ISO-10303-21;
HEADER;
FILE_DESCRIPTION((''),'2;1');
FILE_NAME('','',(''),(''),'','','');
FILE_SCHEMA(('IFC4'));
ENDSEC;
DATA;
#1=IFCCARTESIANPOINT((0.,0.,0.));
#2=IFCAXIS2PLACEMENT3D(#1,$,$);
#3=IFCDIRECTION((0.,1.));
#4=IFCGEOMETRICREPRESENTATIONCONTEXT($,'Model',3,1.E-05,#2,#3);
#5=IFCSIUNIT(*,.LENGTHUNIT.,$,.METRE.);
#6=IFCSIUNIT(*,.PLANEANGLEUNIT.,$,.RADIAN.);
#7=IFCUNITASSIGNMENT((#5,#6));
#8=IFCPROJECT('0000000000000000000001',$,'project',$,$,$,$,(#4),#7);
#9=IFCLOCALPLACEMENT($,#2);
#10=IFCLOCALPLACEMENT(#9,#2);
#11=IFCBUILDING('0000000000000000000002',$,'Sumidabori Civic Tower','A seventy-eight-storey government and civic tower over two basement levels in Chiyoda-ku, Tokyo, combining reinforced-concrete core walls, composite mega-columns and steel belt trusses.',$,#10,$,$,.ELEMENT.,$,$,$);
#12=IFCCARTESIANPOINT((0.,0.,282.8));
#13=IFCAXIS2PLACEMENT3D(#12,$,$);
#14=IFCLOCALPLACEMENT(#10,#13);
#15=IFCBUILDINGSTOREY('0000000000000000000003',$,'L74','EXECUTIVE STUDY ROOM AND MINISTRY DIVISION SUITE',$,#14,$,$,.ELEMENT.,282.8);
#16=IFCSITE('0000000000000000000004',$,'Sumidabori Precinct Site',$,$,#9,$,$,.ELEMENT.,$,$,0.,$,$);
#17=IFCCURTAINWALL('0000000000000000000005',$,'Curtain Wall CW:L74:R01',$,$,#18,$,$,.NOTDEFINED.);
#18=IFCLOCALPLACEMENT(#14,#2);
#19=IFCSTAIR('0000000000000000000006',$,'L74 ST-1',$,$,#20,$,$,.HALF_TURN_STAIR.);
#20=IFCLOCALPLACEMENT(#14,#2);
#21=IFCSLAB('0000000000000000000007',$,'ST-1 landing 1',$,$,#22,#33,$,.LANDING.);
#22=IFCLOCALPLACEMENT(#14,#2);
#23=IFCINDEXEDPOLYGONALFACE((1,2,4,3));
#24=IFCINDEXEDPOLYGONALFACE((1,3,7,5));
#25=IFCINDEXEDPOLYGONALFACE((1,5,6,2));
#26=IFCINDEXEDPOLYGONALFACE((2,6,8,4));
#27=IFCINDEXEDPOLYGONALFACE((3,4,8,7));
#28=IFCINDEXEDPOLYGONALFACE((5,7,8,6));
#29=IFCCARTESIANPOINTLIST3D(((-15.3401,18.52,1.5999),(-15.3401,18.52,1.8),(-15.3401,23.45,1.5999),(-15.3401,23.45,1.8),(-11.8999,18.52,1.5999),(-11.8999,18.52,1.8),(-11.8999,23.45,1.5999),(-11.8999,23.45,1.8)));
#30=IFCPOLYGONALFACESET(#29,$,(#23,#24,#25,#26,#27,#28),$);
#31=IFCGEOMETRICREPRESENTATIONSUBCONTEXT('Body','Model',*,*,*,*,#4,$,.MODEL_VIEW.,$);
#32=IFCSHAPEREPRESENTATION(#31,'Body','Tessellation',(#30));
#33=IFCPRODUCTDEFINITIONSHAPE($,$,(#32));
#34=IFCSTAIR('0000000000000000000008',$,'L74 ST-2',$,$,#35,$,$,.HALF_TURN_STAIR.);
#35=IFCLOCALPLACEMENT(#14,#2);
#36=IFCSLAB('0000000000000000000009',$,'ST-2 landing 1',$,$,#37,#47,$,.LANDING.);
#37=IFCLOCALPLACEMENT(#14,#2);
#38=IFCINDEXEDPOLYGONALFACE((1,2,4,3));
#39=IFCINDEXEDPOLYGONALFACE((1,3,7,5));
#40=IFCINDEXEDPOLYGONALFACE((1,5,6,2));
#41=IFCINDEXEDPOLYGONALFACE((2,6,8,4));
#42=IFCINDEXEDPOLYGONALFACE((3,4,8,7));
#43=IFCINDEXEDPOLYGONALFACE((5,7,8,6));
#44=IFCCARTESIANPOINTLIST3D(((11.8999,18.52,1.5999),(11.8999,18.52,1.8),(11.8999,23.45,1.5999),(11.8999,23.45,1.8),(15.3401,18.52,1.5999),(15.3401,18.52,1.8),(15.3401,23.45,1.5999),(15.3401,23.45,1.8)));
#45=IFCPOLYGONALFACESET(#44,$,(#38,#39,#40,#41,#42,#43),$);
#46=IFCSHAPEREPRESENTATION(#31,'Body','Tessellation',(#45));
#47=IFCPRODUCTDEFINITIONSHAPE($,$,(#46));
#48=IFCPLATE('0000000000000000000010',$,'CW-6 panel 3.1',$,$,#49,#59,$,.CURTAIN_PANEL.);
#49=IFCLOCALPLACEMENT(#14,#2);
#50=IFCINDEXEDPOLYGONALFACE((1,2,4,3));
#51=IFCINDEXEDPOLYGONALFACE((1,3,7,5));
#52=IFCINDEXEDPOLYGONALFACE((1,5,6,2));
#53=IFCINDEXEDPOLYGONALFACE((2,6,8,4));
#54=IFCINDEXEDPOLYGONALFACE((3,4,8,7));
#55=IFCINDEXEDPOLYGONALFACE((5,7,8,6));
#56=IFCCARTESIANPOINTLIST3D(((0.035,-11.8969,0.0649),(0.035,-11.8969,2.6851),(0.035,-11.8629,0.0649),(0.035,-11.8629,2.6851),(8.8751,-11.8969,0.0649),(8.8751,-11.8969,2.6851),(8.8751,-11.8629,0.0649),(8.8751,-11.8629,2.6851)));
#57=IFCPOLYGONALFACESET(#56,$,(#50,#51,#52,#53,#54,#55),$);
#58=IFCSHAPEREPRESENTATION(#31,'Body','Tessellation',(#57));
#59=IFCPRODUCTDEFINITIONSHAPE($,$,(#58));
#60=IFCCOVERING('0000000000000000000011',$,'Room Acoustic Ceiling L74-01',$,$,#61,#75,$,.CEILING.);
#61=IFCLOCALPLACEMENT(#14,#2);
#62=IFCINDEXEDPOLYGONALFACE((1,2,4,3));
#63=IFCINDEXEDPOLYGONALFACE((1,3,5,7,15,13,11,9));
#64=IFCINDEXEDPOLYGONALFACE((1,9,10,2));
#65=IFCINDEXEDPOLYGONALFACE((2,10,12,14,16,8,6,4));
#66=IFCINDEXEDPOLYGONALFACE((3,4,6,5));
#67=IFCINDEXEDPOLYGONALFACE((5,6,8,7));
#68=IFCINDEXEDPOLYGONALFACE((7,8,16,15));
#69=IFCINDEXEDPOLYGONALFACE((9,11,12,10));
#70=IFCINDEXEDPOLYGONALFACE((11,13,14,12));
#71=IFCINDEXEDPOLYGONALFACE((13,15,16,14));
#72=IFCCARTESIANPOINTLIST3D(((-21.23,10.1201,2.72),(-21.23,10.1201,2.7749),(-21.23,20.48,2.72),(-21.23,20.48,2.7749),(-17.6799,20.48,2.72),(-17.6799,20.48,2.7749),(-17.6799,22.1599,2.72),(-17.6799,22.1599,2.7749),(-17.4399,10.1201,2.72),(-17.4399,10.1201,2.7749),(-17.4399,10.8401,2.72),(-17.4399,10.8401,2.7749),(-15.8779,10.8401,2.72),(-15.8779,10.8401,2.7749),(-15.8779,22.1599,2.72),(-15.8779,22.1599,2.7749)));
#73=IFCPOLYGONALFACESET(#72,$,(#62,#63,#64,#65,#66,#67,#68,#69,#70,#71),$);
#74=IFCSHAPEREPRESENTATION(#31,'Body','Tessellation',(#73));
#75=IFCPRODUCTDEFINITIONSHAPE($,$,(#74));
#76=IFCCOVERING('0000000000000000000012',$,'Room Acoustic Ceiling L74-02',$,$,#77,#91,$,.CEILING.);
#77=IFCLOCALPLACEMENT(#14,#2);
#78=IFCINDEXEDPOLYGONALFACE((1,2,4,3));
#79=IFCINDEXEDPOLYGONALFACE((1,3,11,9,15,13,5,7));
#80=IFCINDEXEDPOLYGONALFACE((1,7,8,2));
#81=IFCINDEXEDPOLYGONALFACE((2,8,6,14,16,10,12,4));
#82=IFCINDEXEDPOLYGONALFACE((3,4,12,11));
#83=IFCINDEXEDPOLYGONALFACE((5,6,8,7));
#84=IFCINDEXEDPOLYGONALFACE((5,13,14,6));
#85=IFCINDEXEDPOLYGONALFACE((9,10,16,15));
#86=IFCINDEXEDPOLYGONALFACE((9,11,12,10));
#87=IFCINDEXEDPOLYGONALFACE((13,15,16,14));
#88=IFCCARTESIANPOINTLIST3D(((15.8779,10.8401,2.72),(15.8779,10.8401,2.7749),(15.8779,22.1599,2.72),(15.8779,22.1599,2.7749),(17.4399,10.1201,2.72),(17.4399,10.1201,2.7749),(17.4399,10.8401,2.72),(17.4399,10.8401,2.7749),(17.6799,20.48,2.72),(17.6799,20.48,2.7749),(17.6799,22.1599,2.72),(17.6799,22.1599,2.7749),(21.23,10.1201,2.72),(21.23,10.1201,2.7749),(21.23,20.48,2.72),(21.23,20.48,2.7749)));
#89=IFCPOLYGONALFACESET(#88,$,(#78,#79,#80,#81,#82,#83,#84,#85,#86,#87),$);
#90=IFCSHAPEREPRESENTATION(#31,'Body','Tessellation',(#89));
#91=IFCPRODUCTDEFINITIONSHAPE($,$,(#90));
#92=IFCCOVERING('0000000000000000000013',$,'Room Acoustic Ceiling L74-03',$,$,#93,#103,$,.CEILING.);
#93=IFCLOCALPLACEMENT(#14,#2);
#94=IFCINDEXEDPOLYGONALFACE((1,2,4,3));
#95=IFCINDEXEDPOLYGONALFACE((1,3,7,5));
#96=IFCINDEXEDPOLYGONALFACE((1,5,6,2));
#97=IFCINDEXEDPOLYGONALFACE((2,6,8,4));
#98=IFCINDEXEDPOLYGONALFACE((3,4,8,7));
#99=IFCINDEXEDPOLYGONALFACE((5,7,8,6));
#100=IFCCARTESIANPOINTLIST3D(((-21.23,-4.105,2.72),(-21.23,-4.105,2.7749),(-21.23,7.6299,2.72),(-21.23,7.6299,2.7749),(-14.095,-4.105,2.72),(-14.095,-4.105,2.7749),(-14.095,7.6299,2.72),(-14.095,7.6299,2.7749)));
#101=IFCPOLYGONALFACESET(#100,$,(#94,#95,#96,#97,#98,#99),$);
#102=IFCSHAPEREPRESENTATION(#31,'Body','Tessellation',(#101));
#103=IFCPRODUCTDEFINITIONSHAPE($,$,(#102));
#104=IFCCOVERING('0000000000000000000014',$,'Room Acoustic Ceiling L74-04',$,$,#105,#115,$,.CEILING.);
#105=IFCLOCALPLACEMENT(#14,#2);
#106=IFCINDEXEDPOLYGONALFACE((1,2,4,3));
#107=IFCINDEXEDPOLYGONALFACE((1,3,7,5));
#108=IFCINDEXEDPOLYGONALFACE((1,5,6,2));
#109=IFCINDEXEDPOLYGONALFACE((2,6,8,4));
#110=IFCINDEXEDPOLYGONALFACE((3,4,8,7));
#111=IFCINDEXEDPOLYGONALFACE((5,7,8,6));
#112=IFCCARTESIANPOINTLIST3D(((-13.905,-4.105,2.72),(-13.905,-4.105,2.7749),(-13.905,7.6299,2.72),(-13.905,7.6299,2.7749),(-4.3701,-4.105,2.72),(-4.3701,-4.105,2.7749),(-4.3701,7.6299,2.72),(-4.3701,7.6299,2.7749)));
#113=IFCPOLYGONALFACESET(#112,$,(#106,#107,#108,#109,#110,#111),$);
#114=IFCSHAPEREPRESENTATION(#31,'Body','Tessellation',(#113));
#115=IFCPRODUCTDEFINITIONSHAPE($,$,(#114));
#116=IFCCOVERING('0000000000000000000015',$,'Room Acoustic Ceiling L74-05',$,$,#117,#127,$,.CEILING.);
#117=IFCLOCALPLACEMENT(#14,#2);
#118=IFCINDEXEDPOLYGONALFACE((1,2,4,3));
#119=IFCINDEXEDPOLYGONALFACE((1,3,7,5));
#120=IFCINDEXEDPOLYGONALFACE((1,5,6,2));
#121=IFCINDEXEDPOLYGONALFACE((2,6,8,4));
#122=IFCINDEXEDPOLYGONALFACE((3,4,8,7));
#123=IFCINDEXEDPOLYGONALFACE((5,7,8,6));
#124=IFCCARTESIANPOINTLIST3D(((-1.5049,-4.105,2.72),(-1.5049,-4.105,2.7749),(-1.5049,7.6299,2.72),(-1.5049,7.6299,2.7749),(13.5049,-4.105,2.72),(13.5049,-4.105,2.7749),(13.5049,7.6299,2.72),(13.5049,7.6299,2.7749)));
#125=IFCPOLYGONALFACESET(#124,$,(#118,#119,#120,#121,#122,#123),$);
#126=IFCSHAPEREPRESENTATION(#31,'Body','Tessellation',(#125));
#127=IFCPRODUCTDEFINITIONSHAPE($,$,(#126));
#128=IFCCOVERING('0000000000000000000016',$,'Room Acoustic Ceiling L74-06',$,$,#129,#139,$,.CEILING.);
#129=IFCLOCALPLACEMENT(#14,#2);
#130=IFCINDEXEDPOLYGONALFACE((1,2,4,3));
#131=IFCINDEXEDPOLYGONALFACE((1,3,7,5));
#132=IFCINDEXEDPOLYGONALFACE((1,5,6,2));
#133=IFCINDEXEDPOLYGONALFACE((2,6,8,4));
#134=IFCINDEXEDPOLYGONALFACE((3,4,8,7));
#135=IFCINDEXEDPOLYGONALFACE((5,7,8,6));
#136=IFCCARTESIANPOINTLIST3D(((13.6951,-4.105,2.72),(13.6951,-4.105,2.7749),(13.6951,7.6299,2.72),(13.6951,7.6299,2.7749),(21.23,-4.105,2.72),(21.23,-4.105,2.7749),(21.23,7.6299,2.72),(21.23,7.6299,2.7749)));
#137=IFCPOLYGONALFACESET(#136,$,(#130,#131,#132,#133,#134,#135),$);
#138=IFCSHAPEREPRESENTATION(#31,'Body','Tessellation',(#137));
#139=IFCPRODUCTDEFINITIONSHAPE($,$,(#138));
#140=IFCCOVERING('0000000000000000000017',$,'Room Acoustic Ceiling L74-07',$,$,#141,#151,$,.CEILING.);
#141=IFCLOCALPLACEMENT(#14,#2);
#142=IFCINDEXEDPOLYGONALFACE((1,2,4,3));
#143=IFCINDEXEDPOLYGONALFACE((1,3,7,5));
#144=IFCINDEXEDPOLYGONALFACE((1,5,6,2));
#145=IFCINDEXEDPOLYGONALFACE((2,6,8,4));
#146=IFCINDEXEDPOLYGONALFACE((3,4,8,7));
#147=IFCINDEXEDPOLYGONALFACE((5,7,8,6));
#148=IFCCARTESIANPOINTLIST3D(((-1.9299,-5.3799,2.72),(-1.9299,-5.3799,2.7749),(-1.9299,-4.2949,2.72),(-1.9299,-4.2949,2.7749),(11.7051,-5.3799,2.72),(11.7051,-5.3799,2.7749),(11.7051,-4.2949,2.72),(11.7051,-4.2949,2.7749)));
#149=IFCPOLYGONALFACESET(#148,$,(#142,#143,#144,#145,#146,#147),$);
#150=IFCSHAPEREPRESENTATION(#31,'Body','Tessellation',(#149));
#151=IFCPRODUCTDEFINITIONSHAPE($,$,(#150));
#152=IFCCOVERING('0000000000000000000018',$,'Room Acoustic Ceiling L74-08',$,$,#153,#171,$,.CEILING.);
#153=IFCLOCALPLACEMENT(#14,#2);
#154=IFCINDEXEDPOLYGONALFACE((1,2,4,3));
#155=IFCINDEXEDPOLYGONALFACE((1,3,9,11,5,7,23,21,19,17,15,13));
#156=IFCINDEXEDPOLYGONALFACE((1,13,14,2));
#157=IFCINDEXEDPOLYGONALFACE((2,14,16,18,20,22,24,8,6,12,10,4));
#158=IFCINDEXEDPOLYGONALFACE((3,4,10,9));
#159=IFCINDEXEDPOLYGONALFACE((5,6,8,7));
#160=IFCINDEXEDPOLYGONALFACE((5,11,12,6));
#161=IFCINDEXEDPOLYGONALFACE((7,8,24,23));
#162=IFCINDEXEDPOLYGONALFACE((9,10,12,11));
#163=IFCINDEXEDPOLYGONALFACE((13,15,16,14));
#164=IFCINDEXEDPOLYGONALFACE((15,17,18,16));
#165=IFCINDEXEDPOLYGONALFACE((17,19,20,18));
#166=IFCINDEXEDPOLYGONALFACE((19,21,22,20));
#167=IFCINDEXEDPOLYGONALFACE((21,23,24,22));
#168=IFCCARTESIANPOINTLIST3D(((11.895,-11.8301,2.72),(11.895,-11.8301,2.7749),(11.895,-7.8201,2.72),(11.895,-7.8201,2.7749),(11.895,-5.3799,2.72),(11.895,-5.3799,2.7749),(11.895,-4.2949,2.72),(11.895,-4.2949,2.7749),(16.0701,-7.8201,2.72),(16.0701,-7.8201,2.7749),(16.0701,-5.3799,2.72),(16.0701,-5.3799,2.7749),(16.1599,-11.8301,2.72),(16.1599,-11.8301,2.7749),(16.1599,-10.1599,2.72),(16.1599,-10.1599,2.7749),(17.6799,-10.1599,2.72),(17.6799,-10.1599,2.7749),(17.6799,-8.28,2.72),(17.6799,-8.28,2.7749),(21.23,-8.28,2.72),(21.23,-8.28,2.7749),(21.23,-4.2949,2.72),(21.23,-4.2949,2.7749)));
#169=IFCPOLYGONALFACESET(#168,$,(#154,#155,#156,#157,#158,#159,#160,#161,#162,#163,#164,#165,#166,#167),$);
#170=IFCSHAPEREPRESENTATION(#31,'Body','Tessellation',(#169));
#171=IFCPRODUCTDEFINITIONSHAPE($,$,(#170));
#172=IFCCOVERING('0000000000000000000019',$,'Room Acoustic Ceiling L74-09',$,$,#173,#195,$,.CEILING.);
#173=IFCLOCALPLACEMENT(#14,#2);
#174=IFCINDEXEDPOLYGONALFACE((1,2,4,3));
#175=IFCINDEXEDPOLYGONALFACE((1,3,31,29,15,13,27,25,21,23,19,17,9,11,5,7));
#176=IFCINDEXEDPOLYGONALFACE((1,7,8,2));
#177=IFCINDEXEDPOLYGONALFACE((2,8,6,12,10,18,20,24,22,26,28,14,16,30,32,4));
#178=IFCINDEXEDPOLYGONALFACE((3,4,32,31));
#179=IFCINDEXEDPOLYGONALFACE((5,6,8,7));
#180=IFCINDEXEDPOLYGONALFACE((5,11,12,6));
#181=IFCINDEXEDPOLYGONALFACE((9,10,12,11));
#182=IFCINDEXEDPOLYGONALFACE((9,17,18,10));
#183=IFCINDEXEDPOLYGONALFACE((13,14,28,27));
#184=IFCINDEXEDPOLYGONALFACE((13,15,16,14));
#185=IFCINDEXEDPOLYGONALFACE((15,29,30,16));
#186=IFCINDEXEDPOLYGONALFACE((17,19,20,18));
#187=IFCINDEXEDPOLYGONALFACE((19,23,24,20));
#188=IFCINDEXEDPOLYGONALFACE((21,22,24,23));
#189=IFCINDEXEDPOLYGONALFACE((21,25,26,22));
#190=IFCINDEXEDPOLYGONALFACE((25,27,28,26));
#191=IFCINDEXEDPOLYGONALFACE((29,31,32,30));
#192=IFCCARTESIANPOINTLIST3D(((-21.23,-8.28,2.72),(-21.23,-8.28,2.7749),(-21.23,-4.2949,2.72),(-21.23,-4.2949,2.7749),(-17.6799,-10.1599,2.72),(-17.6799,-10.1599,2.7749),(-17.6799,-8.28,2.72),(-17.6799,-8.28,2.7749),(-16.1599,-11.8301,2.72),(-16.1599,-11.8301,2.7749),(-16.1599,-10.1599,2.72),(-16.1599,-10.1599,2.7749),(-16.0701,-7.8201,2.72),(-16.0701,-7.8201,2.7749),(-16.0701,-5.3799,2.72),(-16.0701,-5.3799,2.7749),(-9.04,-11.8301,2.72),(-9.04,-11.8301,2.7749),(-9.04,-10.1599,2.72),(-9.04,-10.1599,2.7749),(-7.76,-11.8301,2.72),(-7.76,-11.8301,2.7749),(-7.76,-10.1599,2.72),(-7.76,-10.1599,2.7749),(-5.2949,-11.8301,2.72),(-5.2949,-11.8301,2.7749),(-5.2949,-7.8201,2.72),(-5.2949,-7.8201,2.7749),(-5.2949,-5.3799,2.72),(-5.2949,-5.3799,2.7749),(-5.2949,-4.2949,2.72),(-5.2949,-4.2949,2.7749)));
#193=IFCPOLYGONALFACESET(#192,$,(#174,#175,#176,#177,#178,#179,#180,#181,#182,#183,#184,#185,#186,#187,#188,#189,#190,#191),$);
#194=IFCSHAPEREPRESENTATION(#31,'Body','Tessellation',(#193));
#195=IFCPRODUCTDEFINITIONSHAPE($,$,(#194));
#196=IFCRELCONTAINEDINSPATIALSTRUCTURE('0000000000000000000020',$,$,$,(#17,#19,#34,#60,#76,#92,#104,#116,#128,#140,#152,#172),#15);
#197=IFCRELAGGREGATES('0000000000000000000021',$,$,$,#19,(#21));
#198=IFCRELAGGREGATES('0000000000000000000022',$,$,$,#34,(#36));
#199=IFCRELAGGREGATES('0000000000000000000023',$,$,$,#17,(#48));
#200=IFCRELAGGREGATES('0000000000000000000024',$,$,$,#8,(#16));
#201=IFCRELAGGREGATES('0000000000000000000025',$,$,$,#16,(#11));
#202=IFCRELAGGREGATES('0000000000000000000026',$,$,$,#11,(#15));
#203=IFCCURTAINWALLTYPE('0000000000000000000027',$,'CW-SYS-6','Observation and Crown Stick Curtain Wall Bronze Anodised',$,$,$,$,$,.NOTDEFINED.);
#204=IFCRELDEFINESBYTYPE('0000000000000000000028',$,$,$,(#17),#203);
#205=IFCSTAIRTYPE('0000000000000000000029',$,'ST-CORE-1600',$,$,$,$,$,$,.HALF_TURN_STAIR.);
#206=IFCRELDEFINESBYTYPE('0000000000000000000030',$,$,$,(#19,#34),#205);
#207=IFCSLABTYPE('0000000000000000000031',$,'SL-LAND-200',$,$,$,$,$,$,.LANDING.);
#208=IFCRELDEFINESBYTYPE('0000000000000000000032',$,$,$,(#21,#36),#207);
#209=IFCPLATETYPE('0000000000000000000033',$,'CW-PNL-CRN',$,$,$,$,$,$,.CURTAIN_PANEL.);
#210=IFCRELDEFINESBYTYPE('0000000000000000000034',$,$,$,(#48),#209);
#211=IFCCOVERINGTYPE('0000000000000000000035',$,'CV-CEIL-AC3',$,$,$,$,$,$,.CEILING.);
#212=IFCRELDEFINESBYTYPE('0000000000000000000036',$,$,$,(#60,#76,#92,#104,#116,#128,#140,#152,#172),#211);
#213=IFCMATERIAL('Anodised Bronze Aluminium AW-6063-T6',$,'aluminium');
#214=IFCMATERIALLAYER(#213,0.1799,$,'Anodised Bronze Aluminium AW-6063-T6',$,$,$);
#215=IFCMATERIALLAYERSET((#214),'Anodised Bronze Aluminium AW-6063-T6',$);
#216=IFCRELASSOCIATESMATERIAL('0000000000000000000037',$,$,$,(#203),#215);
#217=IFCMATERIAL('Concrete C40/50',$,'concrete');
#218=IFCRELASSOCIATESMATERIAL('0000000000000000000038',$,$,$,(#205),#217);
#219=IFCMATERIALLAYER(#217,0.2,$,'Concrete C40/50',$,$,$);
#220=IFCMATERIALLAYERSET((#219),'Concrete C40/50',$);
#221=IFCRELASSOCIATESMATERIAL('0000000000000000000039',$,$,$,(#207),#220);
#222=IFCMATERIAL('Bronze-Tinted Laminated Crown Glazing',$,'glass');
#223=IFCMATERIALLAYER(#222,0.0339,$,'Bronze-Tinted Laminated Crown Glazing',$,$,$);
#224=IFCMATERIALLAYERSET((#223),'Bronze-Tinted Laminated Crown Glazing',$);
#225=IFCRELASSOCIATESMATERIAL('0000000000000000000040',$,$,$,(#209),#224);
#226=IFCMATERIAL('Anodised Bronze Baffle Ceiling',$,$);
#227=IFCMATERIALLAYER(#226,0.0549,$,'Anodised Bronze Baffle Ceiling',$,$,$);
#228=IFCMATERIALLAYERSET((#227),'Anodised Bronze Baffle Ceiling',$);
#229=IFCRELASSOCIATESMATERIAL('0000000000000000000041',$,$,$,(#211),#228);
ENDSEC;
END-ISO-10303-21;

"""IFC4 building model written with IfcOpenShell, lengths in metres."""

from ifc_helpers import new_model, si_unit, direction, frame, origin, origin_2d, place, context, subcontext, project, spatial, polyline, rectangle, outline, extrude, source, transform, mapped, material, layer, layer_set, type_object, element, aggregate, save


model = new_model("IFC4")

# Units and contexts
model_context = context("Model", 3, precision=1e-05, world=origin(), true_north=direction((0.0, 1.0)))
body_context = subcontext(model_context, "Body", "Model", "MODEL_VIEW")
ifc_project = project(units=[si_unit("LENGTHUNIT", "METRE"), si_unit("PLANEANGLEUNIT", "RADIAN")], contexts=[model_context])

# Site, building, storey
site_placement = place(None, origin())
site = spatial("IfcSite", under=ifc_project, at=site_placement, Name="Sumidabori Precinct Site", CompositionType="ELEMENT", RefElevation=0.0)
building_placement = place(site_placement, origin())
building = spatial("IfcBuilding", under=site, at=building_placement, Name="Sumidabori Civic Tower", Description="A seventy-eight-storey government and civic tower over two basement levels in Chiyoda-ku, Tokyo, combining reinforced-concrete core walls, composite mega-columns and steel belt trusses.", CompositionType="ELEMENT")
storey_placement = place(building_placement, frame((0.0, 0.0, 282.8)))
storey = spatial("IfcBuildingStorey", under=building, at=storey_placement, Name="L74", Description="EXECUTIVE STUDY ROOM AND MINISTRY DIVISION SUITE", CompositionType="ELEMENT", Elevation=282.8)

# Curtain wall
ifc_material_1 = material(Name="Anodised Bronze Aluminium AW-6063-T6", Category="aluminium")
ifc_layer_1 = layer(ifc_material_1, 0.1799, Name="Anodised Bronze Aluminium AW-6063-T6")
ifc_layer_set_1 = layer_set([ifc_layer_1], Name="Anodised Bronze Aluminium AW-6063-T6")
curtain_wall_type = type_object("IfcCurtainWallType", Name="CW-SYS-6", Description="Observation and Crown Stick Curtain Wall Bronze Anodised", PredefinedType="NOTDEFINED", material=ifc_layer_set_1)
curtain_wall_placement = place(storey_placement, origin())
curtain_wall = element("IfcCurtainWall", 1, at=curtain_wall_placement, inside=storey, type_object=curtain_wall_type, Name="Curtain Wall CW:L74:R01", PredefinedType="NOTDEFINED")

# Stairs, slabs
ifc_material_2 = material(Name="Concrete C40/50", Category="concrete")
stair_type = type_object("IfcStairType", Name="ST-CORE-1600", PredefinedType="HALF_TURN_STAIR", material=ifc_material_2)
stair_1_placement = place(storey_placement, origin())
stair_1 = element("IfcStair", 2, at=stair_1_placement, inside=storey, type_object=stair_type, Name="L74 ST-1", PredefinedType="HALF_TURN_STAIR")
ifc_layer_2 = layer(ifc_material_2, 0.2, Name="Concrete C40/50")
ifc_layer_set_2 = layer_set([ifc_layer_2], Name="Concrete C40/50")
slab_type = type_object("IfcSlabType", Name="SL-LAND-200", PredefinedType="LANDING", material=ifc_layer_set_2)
slab_1_placement = place(storey_placement, frame((0.0, 0.0, 1.5999)))
slab_1 = element("IfcSlab", 3, at=slab_1_placement, type_object=slab_type, Name="ST-1 landing 1", PredefinedType="LANDING", context=body_context, shape_type="SweptSolid", body=[
    extrude(outline(polyline([(-11.8999, 18.52), (-11.8999, 23.45), (-15.3401, 23.45), (-15.3401, 18.52), (-11.8999, 18.52)])), origin(), (0.0, 0.0, 1.0), 0.2002),
])
aggregate(stair_1, [slab_1])
stair_2_placement = place(storey_placement, origin())
stair_2 = element("IfcStair", 4, at=stair_2_placement, inside=storey, type_object=stair_type, Name="L74 ST-2", PredefinedType="HALF_TURN_STAIR")
slab_2_placement = place(storey_placement, frame((0.0, 0.0, 1.5999)))
slab_2 = element("IfcSlab", 5, at=slab_2_placement, type_object=slab_type, Name="ST-2 landing 1", PredefinedType="LANDING", context=body_context, shape_type="SweptSolid", body=[
    extrude(outline(polyline([(15.3401, 18.52), (15.3401, 23.45), (11.8999, 23.45), (11.8999, 18.52), (15.3401, 18.52)])), origin(), (0.0, 0.0, 1.0), 0.2002),
])
aggregate(stair_2, [slab_2])

# Plate
ifc_material_3 = material(Name="Bronze-Tinted Laminated Crown Glazing", Category="glass")
ifc_layer_3 = layer(ifc_material_3, 0.0339, Name="Bronze-Tinted Laminated Crown Glazing")
ifc_layer_set_3 = layer_set([ifc_layer_3], Name="Bronze-Tinted Laminated Crown Glazing")
plate_type = type_object("IfcPlateType", Name="CW-PNL-CRN", PredefinedType="CURTAIN_PANEL", material=ifc_layer_set_3)
shared_shape_1 = source(origin(), body_context, "Body", "SweptSolid", [
    extrude(rectangle(XDim=8.8401, YDim=0.0339, at=origin_2d()), origin(), (0.0, 0.0, 1.0), 2.6201),
])
plate_placement = place(storey_placement, frame((4.4551, -11.8799, 0.0649), z_axis=(0.0, 0.0, 1.0), x_axis=(1.0, 0.0, 0.0)))
plate = element("IfcPlate", 6, at=plate_placement, type_object=plate_type, Name="CW-6 panel 3.1", PredefinedType="CURTAIN_PANEL", context=body_context, shape_type="MappedRepresentation", body=[
    mapped(shared_shape_1, transform((0.0, 0.0, 0.0), x_axis=(1.0, 0.0, 0.0), y_axis=(0.0, 1.0, 0.0), z_axis=(0.0, 0.0, 1.0), scale=1.0)),
])
aggregate(curtain_wall, [plate])

# Coverings
ifc_material_4 = material(Name="Anodised Bronze Baffle Ceiling")
ifc_layer_4 = layer(ifc_material_4, 0.0549, Name="Anodised Bronze Baffle Ceiling")
ifc_layer_set_4 = layer_set([ifc_layer_4], Name="Anodised Bronze Baffle Ceiling")
covering_type_1 = type_object("IfcCoveringType", Name="CV-CEIL-AC3", PredefinedType="CEILING", material=ifc_layer_set_4)
covering_1_placement = place(storey_placement, frame((0.0, 0.0, 2.72)))
element("IfcCovering", 7, at=covering_1_placement, inside=storey, type_object=covering_type_1, Name="Room Acoustic Ceiling L74-01", PredefinedType="CEILING", context=body_context, shape_type="SweptSolid", body=[
    extrude(outline(polyline([(-15.8779, 22.1599), (-15.8779, 10.8401), (-17.4399, 10.8401), (-17.4399, 10.1201), (-21.23, 10.1201), (-21.23, 20.48), (-17.6799, 20.48), (-17.6799, 22.1599), (-15.8779, 22.1599)])), origin(), (0.0, 0.0, 1.0), 0.0549),
])
covering_2_placement = place(storey_placement, frame((0.0, 0.0, 2.72)))
element("IfcCovering", 8, at=covering_2_placement, inside=storey, type_object=covering_type_1, Name="Room Acoustic Ceiling L74-02", PredefinedType="CEILING", context=body_context, shape_type="SweptSolid", body=[
    extrude(outline(polyline([(17.6799, 22.1599), (17.6799, 20.48), (21.23, 20.48), (21.23, 10.1201), (17.4399, 10.1201), (17.4399, 10.8401), (15.8779, 10.8401), (15.8779, 22.1599), (17.6799, 22.1599)])), origin(), (0.0, 0.0, 1.0), 0.0549),
])
covering_3_placement = place(storey_placement, frame((0.0, 0.0, 2.72)))
element("IfcCovering", 9, at=covering_3_placement, inside=storey, type_object=covering_type_1, Name="Room Acoustic Ceiling L74-03", PredefinedType="CEILING", context=body_context, shape_type="SweptSolid", body=[
    extrude(outline(polyline([(-21.23, -4.105), (-21.23, 7.6299), (-14.095, 7.6299), (-14.095, -4.105), (-21.23, -4.105)])), origin(), (0.0, 0.0, 1.0), 0.0549),
])
covering_4_placement = place(storey_placement, frame((0.0, 0.0, 2.72)))
element("IfcCovering", 10, at=covering_4_placement, inside=storey, type_object=covering_type_1, Name="Room Acoustic Ceiling L74-04", PredefinedType="CEILING", context=body_context, shape_type="SweptSolid", body=[
    extrude(outline(polyline([(-13.905, -4.105), (-13.905, 7.6299), (-4.3701, 7.6299), (-4.3701, -4.105), (-13.905, -4.105)])), origin(), (0.0, 0.0, 1.0), 0.0549),
])
covering_5_placement = place(storey_placement, frame((0.0, 0.0, 2.72)))
element("IfcCovering", 11, at=covering_5_placement, inside=storey, type_object=covering_type_1, Name="Room Acoustic Ceiling L74-05", PredefinedType="CEILING", context=body_context, shape_type="SweptSolid", body=[
    extrude(outline(polyline([(13.5049, 7.6299), (13.5049, -4.105), (-1.5049, -4.105), (-1.5049, 7.6299), (13.5049, 7.6299)])), origin(), (0.0, 0.0, 1.0), 0.0549),
])
covering_6_placement = place(storey_placement, frame((0.0, 0.0, 2.72)))
element("IfcCovering", 12, at=covering_6_placement, inside=storey, type_object=covering_type_1, Name="Room Acoustic Ceiling L74-06", PredefinedType="CEILING", context=body_context, shape_type="SweptSolid", body=[
    extrude(outline(polyline([(13.6951, 7.6299), (21.23, 7.6299), (21.23, -4.105), (13.6951, -4.105), (13.6951, 7.6299)])), origin(), (0.0, 0.0, 1.0), 0.0549),
])
covering_7_placement = place(storey_placement, frame((0.0, 0.0, 2.72)))
element("IfcCovering", 13, at=covering_7_placement, inside=storey, type_object=covering_type_1, Name="Room Acoustic Ceiling L74-07", PredefinedType="CEILING", context=body_context, shape_type="SweptSolid", body=[
    extrude(outline(polyline([(-1.9299, -5.3799), (-1.9299, -4.2949), (11.7051, -4.2949), (11.7051, -5.3799), (-1.9299, -5.3799)])), origin(), (0.0, 0.0, 1.0), 0.0549),
])
covering_8_placement = place(storey_placement, frame((0.0, 0.0, 2.72)))
element("IfcCovering", 14, at=covering_8_placement, inside=storey, type_object=covering_type_1, Name="Room Acoustic Ceiling L74-08", PredefinedType="CEILING", context=body_context, shape_type="SweptSolid", body=[
    extrude(outline(polyline([(16.0701, -7.8201), (16.0701, -5.3799), (11.895, -5.3799), (11.895, -4.2949), (21.23, -4.2949), (21.23, -8.28), (17.6799, -8.28), (17.6799, -10.1599), (16.1599, -10.1599), (16.1599, -11.8301), (11.895, -11.8301), (11.895, -7.8201), (16.0701, -7.8201)])), origin(), (0.0, 0.0, 1.0), 0.0549),
])
covering_9_placement = place(storey_placement, frame((0.0, 0.0, 2.72)))
element("IfcCovering", 15, at=covering_9_placement, inside=storey, type_object=covering_type_1, Name="Room Acoustic Ceiling L74-09", PredefinedType="CEILING", context=body_context, shape_type="SweptSolid", body=[
    extrude(outline(polyline([(-17.6799, -8.28), (-21.23, -8.28), (-21.23, -4.2949), (-5.2949, -4.2949), (-5.2949, -5.3799), (-16.0701, -5.3799), (-16.0701, -7.8201), (-5.2949, -7.8201), (-5.2949, -11.8301), (-7.76, -11.8301), (-7.76, -10.1599), (-9.04, -10.1599), (-9.04, -11.8301), (-16.1599, -11.8301), (-16.1599, -10.1599), (-17.6799, -10.1599), (-17.6799, -8.28)])), origin(), (0.0, 0.0, 1.0), 0.0549),
])

save(model, "model.ifc")
